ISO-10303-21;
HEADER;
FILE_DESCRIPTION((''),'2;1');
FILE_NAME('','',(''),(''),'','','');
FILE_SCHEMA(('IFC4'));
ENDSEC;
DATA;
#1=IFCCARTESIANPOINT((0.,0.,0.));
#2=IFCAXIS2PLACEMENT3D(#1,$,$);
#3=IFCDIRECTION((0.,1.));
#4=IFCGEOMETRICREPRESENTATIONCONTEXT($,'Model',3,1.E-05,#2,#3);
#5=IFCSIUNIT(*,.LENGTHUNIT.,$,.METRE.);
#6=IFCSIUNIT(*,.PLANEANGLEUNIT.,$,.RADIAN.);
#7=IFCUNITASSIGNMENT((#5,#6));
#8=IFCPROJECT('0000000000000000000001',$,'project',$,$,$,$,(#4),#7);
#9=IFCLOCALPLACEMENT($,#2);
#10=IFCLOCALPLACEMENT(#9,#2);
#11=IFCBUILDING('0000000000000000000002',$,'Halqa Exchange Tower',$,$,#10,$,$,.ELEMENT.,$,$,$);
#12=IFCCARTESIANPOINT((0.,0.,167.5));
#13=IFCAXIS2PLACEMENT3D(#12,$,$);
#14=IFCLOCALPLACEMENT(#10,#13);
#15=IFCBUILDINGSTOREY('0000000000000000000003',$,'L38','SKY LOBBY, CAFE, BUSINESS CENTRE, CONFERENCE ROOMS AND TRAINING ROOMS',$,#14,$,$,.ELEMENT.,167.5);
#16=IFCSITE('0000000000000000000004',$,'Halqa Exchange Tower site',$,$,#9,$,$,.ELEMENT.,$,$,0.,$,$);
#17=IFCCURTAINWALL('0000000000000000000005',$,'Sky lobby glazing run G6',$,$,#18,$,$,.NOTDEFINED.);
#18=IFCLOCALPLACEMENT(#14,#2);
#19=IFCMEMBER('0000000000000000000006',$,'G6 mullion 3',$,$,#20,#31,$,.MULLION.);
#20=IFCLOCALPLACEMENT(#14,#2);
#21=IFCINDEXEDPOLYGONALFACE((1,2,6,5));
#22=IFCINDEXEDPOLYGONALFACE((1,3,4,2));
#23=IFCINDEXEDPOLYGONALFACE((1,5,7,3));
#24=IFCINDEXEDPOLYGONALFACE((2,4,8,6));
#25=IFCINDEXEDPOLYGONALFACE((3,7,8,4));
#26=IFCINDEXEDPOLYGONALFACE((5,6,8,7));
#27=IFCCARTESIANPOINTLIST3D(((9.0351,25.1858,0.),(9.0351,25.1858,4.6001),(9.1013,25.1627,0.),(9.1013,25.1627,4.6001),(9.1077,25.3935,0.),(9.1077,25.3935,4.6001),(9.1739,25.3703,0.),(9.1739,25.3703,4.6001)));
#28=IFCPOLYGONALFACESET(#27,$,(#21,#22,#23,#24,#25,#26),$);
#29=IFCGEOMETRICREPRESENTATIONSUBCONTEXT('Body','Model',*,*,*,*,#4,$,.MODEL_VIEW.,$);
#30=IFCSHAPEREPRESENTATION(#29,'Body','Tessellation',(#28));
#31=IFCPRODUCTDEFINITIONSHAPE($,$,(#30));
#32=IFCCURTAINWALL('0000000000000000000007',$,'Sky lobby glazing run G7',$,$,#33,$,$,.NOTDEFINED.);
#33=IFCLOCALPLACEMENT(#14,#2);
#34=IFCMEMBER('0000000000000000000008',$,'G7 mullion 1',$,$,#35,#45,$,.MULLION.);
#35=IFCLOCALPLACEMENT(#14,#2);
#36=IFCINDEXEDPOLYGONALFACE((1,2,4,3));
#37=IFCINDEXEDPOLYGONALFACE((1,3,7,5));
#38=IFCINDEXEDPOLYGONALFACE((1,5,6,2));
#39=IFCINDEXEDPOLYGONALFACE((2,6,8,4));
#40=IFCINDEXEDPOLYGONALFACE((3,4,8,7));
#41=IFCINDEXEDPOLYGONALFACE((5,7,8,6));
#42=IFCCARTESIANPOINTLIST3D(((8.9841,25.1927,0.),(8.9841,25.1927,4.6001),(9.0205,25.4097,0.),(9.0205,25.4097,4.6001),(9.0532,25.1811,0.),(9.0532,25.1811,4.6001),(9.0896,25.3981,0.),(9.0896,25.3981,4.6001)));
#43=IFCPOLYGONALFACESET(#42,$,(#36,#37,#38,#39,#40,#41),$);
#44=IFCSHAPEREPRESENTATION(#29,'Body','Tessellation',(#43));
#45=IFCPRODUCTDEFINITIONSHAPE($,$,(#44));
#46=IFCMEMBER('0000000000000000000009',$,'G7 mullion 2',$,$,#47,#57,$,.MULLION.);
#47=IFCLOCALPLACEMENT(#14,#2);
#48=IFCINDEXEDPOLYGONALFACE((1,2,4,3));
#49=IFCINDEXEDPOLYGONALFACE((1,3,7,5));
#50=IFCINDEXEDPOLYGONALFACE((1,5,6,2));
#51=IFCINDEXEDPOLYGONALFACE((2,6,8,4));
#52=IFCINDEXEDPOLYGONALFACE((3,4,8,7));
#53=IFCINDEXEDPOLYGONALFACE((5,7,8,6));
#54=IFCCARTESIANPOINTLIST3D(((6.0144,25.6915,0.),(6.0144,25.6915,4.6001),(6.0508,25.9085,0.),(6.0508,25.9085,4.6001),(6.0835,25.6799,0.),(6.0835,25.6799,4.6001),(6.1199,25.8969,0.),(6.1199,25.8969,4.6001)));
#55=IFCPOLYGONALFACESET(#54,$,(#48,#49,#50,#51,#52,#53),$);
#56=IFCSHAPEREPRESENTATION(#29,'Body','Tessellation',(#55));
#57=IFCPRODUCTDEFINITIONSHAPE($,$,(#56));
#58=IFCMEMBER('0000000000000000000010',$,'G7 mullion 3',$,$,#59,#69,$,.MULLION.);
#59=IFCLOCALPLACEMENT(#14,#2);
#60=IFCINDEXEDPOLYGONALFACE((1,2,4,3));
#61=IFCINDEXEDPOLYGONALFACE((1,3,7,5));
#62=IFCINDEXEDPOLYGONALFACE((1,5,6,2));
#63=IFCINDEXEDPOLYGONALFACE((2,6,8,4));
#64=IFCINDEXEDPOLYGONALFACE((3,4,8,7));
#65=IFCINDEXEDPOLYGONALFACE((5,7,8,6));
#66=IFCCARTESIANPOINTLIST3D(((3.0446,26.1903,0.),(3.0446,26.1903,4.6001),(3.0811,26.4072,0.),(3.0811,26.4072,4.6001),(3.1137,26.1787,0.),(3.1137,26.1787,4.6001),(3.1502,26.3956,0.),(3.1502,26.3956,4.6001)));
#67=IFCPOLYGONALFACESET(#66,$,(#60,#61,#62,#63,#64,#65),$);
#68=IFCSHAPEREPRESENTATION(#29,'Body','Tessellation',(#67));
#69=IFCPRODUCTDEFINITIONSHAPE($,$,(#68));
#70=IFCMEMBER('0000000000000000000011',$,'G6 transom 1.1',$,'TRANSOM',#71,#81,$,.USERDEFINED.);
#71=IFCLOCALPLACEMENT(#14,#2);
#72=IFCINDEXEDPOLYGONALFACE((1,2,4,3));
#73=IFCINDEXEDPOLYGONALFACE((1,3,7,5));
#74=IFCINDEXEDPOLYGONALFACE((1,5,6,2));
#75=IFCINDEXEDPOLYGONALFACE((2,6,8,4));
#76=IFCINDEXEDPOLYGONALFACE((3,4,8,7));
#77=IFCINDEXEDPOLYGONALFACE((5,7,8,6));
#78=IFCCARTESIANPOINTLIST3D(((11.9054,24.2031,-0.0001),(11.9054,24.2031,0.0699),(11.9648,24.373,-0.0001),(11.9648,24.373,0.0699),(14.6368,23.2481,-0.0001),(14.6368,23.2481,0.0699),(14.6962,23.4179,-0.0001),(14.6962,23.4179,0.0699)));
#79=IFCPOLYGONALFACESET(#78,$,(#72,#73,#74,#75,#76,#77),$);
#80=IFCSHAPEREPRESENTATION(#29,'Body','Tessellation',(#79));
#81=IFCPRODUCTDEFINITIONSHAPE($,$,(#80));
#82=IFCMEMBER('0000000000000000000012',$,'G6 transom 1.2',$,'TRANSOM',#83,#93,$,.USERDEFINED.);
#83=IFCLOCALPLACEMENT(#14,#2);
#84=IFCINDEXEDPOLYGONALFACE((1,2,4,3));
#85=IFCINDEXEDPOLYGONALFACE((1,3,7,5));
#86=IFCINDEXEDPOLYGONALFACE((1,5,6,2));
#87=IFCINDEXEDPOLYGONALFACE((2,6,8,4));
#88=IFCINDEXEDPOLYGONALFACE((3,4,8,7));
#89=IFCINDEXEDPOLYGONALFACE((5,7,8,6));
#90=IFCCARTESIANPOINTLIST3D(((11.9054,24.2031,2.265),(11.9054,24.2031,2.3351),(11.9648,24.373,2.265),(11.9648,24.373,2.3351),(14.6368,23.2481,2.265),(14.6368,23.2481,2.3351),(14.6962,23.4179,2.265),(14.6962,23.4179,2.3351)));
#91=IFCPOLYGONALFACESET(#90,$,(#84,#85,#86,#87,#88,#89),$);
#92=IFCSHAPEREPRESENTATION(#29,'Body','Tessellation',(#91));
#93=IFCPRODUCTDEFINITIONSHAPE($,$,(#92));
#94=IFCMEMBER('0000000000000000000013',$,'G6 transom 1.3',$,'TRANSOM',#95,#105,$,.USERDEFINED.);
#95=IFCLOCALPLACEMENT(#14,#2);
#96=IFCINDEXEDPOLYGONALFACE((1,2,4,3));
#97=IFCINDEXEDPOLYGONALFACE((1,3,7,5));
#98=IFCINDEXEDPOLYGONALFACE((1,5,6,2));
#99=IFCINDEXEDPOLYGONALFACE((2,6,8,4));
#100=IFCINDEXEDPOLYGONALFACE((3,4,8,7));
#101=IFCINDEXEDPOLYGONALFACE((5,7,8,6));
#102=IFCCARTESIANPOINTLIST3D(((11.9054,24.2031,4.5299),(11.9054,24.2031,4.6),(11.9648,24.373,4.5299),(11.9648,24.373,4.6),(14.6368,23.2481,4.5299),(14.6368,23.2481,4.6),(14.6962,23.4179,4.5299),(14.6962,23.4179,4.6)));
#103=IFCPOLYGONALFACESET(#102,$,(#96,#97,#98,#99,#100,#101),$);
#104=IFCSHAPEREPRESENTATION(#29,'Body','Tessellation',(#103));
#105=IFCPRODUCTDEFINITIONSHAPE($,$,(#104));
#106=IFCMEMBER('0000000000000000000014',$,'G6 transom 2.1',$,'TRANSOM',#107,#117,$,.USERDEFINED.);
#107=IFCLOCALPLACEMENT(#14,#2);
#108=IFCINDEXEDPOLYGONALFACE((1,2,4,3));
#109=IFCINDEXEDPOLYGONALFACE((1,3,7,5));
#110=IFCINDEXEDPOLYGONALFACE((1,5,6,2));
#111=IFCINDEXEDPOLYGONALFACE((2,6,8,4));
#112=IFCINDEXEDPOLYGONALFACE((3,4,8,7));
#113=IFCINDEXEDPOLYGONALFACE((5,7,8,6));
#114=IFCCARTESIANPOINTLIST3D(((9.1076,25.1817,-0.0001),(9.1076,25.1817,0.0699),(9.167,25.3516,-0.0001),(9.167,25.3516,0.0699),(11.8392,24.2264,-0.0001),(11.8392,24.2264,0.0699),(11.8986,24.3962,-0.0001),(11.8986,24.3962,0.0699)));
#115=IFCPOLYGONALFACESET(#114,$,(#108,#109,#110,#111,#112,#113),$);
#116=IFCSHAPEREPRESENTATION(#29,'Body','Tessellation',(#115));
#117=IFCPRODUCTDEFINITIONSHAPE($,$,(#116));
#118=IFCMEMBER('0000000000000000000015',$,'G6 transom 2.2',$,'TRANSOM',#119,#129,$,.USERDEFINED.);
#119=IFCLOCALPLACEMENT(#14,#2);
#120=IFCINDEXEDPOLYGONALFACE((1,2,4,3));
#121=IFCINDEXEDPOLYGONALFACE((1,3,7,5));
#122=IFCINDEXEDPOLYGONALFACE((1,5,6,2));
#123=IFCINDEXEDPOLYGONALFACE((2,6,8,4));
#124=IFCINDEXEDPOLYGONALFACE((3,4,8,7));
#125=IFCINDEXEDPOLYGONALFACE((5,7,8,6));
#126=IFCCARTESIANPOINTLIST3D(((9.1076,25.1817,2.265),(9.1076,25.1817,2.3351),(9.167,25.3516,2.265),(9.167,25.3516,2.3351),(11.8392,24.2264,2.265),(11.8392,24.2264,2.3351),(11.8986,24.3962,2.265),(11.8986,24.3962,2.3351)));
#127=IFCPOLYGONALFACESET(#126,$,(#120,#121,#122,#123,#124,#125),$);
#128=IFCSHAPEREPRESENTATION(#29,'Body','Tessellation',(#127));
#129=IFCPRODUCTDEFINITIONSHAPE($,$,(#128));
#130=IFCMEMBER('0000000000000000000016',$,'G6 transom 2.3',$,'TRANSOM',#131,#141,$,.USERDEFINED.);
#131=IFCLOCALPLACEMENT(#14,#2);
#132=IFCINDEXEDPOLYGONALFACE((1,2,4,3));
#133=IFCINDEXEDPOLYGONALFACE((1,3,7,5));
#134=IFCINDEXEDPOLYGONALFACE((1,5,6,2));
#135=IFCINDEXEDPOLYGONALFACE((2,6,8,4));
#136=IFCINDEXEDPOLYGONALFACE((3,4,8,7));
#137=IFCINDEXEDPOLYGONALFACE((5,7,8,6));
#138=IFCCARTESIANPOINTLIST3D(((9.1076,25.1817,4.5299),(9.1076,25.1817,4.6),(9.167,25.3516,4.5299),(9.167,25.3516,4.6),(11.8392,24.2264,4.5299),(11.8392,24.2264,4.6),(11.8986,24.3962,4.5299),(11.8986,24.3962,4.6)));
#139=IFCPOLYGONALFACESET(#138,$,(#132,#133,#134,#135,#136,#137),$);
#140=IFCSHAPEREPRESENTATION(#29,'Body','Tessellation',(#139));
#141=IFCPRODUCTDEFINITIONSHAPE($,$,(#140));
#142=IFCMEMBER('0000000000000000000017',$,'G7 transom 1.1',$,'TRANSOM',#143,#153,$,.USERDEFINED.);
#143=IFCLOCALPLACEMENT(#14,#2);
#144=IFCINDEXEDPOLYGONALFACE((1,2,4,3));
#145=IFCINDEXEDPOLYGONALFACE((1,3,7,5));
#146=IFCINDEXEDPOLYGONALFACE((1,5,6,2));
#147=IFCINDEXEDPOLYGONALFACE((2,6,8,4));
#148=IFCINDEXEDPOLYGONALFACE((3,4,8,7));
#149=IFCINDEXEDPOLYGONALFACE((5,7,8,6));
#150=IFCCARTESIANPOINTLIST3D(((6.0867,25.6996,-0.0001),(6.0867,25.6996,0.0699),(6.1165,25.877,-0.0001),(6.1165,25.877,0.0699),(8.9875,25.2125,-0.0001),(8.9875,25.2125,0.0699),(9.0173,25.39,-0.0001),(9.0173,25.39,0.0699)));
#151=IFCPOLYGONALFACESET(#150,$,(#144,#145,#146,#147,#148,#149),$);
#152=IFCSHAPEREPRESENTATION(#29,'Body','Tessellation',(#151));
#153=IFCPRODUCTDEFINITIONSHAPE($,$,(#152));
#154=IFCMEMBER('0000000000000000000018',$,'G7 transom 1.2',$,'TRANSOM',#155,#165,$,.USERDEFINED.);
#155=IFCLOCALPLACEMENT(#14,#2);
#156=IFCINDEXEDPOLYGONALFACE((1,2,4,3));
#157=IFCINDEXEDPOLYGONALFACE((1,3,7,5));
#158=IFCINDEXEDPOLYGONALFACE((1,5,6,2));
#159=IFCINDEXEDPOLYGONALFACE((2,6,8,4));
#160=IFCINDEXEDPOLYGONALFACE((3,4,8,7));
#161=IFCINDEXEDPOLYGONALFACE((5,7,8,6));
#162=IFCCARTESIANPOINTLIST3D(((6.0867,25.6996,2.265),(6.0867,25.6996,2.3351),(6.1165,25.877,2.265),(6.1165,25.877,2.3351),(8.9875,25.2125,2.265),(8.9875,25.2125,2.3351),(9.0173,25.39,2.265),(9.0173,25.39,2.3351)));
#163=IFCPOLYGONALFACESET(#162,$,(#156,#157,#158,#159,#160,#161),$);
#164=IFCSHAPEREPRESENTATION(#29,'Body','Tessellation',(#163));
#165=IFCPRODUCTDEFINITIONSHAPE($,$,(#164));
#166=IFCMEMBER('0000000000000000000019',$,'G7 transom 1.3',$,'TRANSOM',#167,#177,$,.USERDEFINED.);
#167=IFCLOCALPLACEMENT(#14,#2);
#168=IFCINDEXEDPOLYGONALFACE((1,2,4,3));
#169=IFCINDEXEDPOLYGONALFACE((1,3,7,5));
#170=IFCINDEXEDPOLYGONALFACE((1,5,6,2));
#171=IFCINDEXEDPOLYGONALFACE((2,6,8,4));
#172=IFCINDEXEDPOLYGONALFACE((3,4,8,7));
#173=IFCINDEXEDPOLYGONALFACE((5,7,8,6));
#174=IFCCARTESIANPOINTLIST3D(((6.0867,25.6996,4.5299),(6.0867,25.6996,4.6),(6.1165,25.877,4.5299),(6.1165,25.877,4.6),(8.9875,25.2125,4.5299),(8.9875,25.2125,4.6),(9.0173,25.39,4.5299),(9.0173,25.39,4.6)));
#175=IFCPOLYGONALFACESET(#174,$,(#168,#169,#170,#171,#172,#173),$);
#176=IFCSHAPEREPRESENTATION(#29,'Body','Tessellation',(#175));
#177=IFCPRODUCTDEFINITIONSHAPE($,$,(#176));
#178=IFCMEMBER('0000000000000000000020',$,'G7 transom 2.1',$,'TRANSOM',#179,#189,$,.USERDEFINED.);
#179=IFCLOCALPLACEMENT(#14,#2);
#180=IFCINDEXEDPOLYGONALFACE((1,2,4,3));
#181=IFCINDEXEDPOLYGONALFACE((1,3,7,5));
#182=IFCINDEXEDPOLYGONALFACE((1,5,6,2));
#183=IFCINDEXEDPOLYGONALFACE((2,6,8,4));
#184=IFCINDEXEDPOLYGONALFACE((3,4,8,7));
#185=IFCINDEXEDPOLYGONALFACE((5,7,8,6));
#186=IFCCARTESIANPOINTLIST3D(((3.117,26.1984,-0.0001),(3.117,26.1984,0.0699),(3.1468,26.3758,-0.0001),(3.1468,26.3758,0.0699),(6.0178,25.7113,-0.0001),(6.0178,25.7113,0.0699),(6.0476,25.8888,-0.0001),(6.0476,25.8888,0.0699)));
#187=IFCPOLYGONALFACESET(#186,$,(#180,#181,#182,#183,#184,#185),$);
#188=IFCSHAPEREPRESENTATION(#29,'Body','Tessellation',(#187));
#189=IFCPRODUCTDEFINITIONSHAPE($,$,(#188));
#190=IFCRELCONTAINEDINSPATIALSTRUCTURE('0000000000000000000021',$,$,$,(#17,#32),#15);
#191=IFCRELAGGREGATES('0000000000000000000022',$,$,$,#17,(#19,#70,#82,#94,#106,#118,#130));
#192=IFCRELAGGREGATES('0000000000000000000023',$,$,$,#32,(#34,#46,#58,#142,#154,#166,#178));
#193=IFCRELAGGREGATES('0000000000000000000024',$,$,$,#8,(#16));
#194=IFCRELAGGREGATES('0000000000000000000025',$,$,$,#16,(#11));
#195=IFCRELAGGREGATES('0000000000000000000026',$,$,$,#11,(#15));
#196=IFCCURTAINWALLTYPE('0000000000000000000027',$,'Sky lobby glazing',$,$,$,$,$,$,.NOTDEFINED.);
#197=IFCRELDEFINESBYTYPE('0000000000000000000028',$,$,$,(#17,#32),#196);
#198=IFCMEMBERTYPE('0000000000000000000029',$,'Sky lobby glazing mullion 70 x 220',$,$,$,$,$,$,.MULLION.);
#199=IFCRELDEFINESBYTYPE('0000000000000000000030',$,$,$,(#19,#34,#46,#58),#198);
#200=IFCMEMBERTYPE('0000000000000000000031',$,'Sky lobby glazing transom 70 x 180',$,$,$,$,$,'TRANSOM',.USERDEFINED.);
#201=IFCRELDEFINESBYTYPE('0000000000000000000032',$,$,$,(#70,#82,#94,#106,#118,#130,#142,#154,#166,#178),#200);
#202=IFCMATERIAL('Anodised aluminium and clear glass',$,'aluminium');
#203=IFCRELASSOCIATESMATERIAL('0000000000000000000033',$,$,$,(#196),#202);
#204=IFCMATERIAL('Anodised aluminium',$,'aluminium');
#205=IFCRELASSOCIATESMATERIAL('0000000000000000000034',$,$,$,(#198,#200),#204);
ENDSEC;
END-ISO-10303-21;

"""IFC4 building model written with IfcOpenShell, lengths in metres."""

from ifc_helpers import new_model, si_unit, direction, frame, origin, origin_2d, place, context, subcontext, project, spatial, rectangle, extrude, material, material_profile, profile_set, type_object, element, aggregate, save


model = new_model("IFC4")

# Units and contexts
model_context = context("Model", 3, precision=1e-05, world=origin(), true_north=direction((0.0, 1.0)))
body_context = subcontext(model_context, "Body", "Model", "MODEL_VIEW")
ifc_project = project(units=[si_unit("LENGTHUNIT", "METRE"), si_unit("PLANEANGLEUNIT", "RADIAN")], contexts=[model_context])

# Site, building, storey
site_placement = place(None, origin())
site = spatial("IfcSite", under=ifc_project, at=site_placement, Name="Halqa Exchange Tower site", CompositionType="ELEMENT", RefElevation=0.0)
building_placement = place(site_placement, origin())
building = spatial("IfcBuilding", under=site, at=building_placement, Name="Halqa Exchange Tower", CompositionType="ELEMENT")
storey_placement = place(building_placement, frame((0.0, 0.0, 167.5)))
storey = spatial("IfcBuildingStorey", under=building, at=storey_placement, Name="L38", Description="SKY LOBBY, CAFE, BUSINESS CENTRE, CONFERENCE ROOMS AND TRAINING ROOMS", CompositionType="ELEMENT", Elevation=167.5)

# Curtain walls, members
ifc_material_1 = material(Name="Anodised aluminium and clear glass", Category="aluminium")
curtain_wall_type = type_object("IfcCurtainWallType", Name="Sky lobby glazing", PredefinedType="NOTDEFINED", material=ifc_material_1)
curtain_wall_1_placement = place(storey_placement, origin())
curtain_wall_1 = element("IfcCurtainWall", 1, at=curtain_wall_1_placement, inside=storey, type_object=curtain_wall_type, Name="Sky lobby glazing run G6", PredefinedType="NOTDEFINED")
ifc_material_2 = material(Name="Anodised aluminium", Category="aluminium")
ifc_material_profile_1 = material_profile(ifc_material_2, rectangle(XDim=0.22, YDim=0.0701, at=origin_2d()), Name="AL 70x220")
ifc_profile_set_1 = profile_set([ifc_material_profile_1], Name="Anodised aluminium")
member_type_1 = type_object("IfcMemberType", Name="Sky lobby glazing mullion 70 x 220", PredefinedType="MULLION", material=ifc_profile_set_1)
member_1_placement = place(storey_placement, frame((9.1045, 25.2781, 0.0), z_axis=(0.0, 0.0, 1.0), x_axis=(-0.3301, -0.943946, 0.0)))
member_1 = element("IfcMember", 2, at=member_1_placement, type_object=member_type_1, Name="G6 mullion 3", PredefinedType="MULLION", context=body_context, shape_type="SweptSolid", body=[
    extrude(rectangle(XDim=0.22, YDim=0.0701, at=origin_2d()), origin(), (0.0, 0.0, 1.0), 4.6001),
])
curtain_wall_2_placement = place(storey_placement, origin())
curtain_wall_2 = element("IfcCurtainWall", 3, at=curtain_wall_2_placement, inside=storey, type_object=curtain_wall_type, Name="Sky lobby glazing run G7", PredefinedType="NOTDEFINED")
member_2_placement = place(storey_placement, frame((9.0369, 25.2954, 0.0), z_axis=(0.0, 0.0, 1.0), x_axis=(-0.165626, -0.986189, 0.0)))
member_2 = element("IfcMember", 4, at=member_2_placement, type_object=member_type_1, Name="G7 mullion 1", PredefinedType="MULLION", context=body_context, shape_type="SweptSolid", body=[
    extrude(rectangle(XDim=0.22, YDim=0.0701, at=origin_2d()), origin(), (0.0, 0.0, 1.0), 4.6001),
])
member_3_placement = place(storey_placement, frame((6.0671, 25.7942, 0.0), z_axis=(0.0, 0.0, 1.0), x_axis=(-0.165626, -0.986189, 0.0)))
member_3 = element("IfcMember", 5, at=member_3_placement, type_object=member_type_1, Name="G7 mullion 2", PredefinedType="MULLION", context=body_context, shape_type="SweptSolid", body=[
    extrude(rectangle(XDim=0.22, YDim=0.0701, at=origin_2d()), origin(), (0.0, 0.0, 1.0), 4.6001),
])
member_4_placement = place(storey_placement, frame((3.0974, 26.293, 0.0), z_axis=(0.0, 0.0, 1.0), x_axis=(-0.165626, -0.986189, 0.0)))
member_4 = element("IfcMember", 6, at=member_4_placement, type_object=member_type_1, Name="G7 mullion 3", PredefinedType="MULLION", context=body_context, shape_type="SweptSolid", body=[
    extrude(rectangle(XDim=0.22, YDim=0.0701, at=origin_2d()), origin(), (0.0, 0.0, 1.0), 4.6001),
])

# Members
ifc_material_profile_2 = material_profile(ifc_material_2, rectangle(XDim=0.1799, YDim=0.0701, at=origin_2d()), Name="AL 70x180")
ifc_profile_set_2 = profile_set([ifc_material_profile_2], Name="Anodised aluminium")
member_type_2 = type_object("IfcMemberType", Name="Sky lobby glazing transom 70 x 180", ElementType="TRANSOM", PredefinedType="USERDEFINED", material=ifc_profile_set_2)
member_5_placement = place(storey_placement, frame((14.6665, 23.333, 0.0349), z_axis=(-0.943958, 0.330065, 0.0), x_axis=(-0.330065, -0.943958, 0.0)))
member_5 = element("IfcMember", 7, at=member_5_placement, type_object=member_type_2, Name="G6 transom 1.1", ObjectType="TRANSOM", PredefinedType="USERDEFINED", context=body_context, shape_type="SweptSolid", body=[
    extrude(rectangle(XDim=0.1799, YDim=0.0701, at=origin_2d()), origin(), (0.0, 0.0, 1.0), 2.8936),
])
member_6_placement = place(storey_placement, frame((14.6665, 23.333, 2.3), z_axis=(-0.943958, 0.330065, 0.0), x_axis=(-0.330065, -0.943958, 0.0)))
member_6 = element("IfcMember", 8, at=member_6_placement, type_object=member_type_2, Name="G6 transom 1.2", ObjectType="TRANSOM", PredefinedType="USERDEFINED", context=body_context, shape_type="SweptSolid", body=[
    extrude(rectangle(XDim=0.1799, YDim=0.0701, at=origin_2d()), origin(), (0.0, 0.0, 1.0), 2.8936),
])
member_7_placement = place(storey_placement, frame((14.6665, 23.333, 4.5649), z_axis=(-0.943958, 0.330065, 0.0), x_axis=(-0.330065, -0.943958, 0.0)))
member_7 = element("IfcMember", 9, at=member_7_placement, type_object=member_type_2, Name="G6 transom 1.3", ObjectType="TRANSOM", PredefinedType="USERDEFINED", context=body_context, shape_type="SweptSolid", body=[
    extrude(rectangle(XDim=0.1799, YDim=0.0701, at=origin_2d()), origin(), (0.0, 0.0, 1.0), 2.8936),
])
member_8_placement = place(storey_placement, frame((11.8689, 24.3113, 0.0349), z_axis=(-0.943932, 0.33014, 0.0), x_axis=(-0.33014, -0.943932, 0.0)))
member_8 = element("IfcMember", 10, at=member_8_placement, type_object=member_type_2, Name="G6 transom 2.1", ObjectType="TRANSOM", PredefinedType="USERDEFINED", context=body_context, shape_type="SweptSolid", body=[
    extrude(rectangle(XDim=0.1799, YDim=0.0701, at=origin_2d()), origin(), (0.0, 0.0, 1.0), 2.8938),
])
member_9_placement = place(storey_placement, frame((11.8689, 24.3113, 2.3), z_axis=(-0.943932, 0.33014, 0.0), x_axis=(-0.33014, -0.943932, 0.0)))
member_9 = element("IfcMember", 11, at=member_9_placement, type_object=member_type_2, Name="G6 transom 2.2", ObjectType="TRANSOM", PredefinedType="USERDEFINED", context=body_context, shape_type="SweptSolid", body=[
    extrude(rectangle(XDim=0.1799, YDim=0.0701, at=origin_2d()), origin(), (0.0, 0.0, 1.0), 2.8938),
])
member_10_placement = place(storey_placement, frame((11.8689, 24.3113, 4.5649), z_axis=(-0.943932, 0.33014, 0.0), x_axis=(-0.33014, -0.943932, 0.0)))
member_10 = element("IfcMember", 12, at=member_10_placement, type_object=member_type_2, Name="G6 transom 2.3", ObjectType="TRANSOM", PredefinedType="USERDEFINED", context=body_context, shape_type="SweptSolid", body=[
    extrude(rectangle(XDim=0.1799, YDim=0.0701, at=origin_2d()), origin(), (0.0, 0.0, 1.0), 2.8938),
])
member_11_placement = place(storey_placement, frame((9.0024, 25.3013, 0.0349), z_axis=(-0.986196, 0.165583, 0.0), x_axis=(-0.165583, -0.986196, 0.0)))
member_11 = element("IfcMember", 13, at=member_11_placement, type_object=member_type_2, Name="G7 transom 1.1", ObjectType="TRANSOM", PredefinedType="USERDEFINED", context=body_context, shape_type="SweptSolid", body=[
    extrude(rectangle(XDim=0.1799, YDim=0.0701, at=origin_2d()), origin(), (0.0, 0.0, 1.0), 2.9414),
])
member_12_placement = place(storey_placement, frame((9.0024, 25.3013, 2.3), z_axis=(-0.986196, 0.165583, 0.0), x_axis=(-0.165583, -0.986196, 0.0)))
member_12 = element("IfcMember", 14, at=member_12_placement, type_object=member_type_2, Name="G7 transom 1.2", ObjectType="TRANSOM", PredefinedType="USERDEFINED", context=body_context, shape_type="SweptSolid", body=[
    extrude(rectangle(XDim=0.1799, YDim=0.0701, at=origin_2d()), origin(), (0.0, 0.0, 1.0), 2.9414),
])
member_13_placement = place(storey_placement, frame((9.0024, 25.3013, 4.5649), z_axis=(-0.986196, 0.165583, 0.0), x_axis=(-0.165583, -0.986196, 0.0)))
member_13 = element("IfcMember", 15, at=member_13_placement, type_object=member_type_2, Name="G7 transom 1.3", ObjectType="TRANSOM", PredefinedType="USERDEFINED", context=body_context, shape_type="SweptSolid", body=[
    extrude(rectangle(XDim=0.1799, YDim=0.0701, at=origin_2d()), origin(), (0.0, 0.0, 1.0), 2.9414),
])
member_14_placement = place(storey_placement, frame((6.0327, 25.8, 0.0349), z_axis=(-0.986196, 0.165583, 0.0), x_axis=(-0.165583, -0.986196, 0.0)))
member_14 = element("IfcMember", 16, at=member_14_placement, type_object=member_type_2, Name="G7 transom 2.1", ObjectType="TRANSOM", PredefinedType="USERDEFINED", context=body_context, shape_type="SweptSolid", body=[
    extrude(rectangle(XDim=0.1799, YDim=0.0701, at=origin_2d()), origin(), (0.0, 0.0, 1.0), 2.9414),
])

aggregate(curtain_wall_1, [member_1, member_5, member_6, member_7, member_8, member_9, member_10])
aggregate(curtain_wall_2, [member_2, member_3, member_4, member_11, member_12, member_13, member_14])

save(model, "model.ifc")
